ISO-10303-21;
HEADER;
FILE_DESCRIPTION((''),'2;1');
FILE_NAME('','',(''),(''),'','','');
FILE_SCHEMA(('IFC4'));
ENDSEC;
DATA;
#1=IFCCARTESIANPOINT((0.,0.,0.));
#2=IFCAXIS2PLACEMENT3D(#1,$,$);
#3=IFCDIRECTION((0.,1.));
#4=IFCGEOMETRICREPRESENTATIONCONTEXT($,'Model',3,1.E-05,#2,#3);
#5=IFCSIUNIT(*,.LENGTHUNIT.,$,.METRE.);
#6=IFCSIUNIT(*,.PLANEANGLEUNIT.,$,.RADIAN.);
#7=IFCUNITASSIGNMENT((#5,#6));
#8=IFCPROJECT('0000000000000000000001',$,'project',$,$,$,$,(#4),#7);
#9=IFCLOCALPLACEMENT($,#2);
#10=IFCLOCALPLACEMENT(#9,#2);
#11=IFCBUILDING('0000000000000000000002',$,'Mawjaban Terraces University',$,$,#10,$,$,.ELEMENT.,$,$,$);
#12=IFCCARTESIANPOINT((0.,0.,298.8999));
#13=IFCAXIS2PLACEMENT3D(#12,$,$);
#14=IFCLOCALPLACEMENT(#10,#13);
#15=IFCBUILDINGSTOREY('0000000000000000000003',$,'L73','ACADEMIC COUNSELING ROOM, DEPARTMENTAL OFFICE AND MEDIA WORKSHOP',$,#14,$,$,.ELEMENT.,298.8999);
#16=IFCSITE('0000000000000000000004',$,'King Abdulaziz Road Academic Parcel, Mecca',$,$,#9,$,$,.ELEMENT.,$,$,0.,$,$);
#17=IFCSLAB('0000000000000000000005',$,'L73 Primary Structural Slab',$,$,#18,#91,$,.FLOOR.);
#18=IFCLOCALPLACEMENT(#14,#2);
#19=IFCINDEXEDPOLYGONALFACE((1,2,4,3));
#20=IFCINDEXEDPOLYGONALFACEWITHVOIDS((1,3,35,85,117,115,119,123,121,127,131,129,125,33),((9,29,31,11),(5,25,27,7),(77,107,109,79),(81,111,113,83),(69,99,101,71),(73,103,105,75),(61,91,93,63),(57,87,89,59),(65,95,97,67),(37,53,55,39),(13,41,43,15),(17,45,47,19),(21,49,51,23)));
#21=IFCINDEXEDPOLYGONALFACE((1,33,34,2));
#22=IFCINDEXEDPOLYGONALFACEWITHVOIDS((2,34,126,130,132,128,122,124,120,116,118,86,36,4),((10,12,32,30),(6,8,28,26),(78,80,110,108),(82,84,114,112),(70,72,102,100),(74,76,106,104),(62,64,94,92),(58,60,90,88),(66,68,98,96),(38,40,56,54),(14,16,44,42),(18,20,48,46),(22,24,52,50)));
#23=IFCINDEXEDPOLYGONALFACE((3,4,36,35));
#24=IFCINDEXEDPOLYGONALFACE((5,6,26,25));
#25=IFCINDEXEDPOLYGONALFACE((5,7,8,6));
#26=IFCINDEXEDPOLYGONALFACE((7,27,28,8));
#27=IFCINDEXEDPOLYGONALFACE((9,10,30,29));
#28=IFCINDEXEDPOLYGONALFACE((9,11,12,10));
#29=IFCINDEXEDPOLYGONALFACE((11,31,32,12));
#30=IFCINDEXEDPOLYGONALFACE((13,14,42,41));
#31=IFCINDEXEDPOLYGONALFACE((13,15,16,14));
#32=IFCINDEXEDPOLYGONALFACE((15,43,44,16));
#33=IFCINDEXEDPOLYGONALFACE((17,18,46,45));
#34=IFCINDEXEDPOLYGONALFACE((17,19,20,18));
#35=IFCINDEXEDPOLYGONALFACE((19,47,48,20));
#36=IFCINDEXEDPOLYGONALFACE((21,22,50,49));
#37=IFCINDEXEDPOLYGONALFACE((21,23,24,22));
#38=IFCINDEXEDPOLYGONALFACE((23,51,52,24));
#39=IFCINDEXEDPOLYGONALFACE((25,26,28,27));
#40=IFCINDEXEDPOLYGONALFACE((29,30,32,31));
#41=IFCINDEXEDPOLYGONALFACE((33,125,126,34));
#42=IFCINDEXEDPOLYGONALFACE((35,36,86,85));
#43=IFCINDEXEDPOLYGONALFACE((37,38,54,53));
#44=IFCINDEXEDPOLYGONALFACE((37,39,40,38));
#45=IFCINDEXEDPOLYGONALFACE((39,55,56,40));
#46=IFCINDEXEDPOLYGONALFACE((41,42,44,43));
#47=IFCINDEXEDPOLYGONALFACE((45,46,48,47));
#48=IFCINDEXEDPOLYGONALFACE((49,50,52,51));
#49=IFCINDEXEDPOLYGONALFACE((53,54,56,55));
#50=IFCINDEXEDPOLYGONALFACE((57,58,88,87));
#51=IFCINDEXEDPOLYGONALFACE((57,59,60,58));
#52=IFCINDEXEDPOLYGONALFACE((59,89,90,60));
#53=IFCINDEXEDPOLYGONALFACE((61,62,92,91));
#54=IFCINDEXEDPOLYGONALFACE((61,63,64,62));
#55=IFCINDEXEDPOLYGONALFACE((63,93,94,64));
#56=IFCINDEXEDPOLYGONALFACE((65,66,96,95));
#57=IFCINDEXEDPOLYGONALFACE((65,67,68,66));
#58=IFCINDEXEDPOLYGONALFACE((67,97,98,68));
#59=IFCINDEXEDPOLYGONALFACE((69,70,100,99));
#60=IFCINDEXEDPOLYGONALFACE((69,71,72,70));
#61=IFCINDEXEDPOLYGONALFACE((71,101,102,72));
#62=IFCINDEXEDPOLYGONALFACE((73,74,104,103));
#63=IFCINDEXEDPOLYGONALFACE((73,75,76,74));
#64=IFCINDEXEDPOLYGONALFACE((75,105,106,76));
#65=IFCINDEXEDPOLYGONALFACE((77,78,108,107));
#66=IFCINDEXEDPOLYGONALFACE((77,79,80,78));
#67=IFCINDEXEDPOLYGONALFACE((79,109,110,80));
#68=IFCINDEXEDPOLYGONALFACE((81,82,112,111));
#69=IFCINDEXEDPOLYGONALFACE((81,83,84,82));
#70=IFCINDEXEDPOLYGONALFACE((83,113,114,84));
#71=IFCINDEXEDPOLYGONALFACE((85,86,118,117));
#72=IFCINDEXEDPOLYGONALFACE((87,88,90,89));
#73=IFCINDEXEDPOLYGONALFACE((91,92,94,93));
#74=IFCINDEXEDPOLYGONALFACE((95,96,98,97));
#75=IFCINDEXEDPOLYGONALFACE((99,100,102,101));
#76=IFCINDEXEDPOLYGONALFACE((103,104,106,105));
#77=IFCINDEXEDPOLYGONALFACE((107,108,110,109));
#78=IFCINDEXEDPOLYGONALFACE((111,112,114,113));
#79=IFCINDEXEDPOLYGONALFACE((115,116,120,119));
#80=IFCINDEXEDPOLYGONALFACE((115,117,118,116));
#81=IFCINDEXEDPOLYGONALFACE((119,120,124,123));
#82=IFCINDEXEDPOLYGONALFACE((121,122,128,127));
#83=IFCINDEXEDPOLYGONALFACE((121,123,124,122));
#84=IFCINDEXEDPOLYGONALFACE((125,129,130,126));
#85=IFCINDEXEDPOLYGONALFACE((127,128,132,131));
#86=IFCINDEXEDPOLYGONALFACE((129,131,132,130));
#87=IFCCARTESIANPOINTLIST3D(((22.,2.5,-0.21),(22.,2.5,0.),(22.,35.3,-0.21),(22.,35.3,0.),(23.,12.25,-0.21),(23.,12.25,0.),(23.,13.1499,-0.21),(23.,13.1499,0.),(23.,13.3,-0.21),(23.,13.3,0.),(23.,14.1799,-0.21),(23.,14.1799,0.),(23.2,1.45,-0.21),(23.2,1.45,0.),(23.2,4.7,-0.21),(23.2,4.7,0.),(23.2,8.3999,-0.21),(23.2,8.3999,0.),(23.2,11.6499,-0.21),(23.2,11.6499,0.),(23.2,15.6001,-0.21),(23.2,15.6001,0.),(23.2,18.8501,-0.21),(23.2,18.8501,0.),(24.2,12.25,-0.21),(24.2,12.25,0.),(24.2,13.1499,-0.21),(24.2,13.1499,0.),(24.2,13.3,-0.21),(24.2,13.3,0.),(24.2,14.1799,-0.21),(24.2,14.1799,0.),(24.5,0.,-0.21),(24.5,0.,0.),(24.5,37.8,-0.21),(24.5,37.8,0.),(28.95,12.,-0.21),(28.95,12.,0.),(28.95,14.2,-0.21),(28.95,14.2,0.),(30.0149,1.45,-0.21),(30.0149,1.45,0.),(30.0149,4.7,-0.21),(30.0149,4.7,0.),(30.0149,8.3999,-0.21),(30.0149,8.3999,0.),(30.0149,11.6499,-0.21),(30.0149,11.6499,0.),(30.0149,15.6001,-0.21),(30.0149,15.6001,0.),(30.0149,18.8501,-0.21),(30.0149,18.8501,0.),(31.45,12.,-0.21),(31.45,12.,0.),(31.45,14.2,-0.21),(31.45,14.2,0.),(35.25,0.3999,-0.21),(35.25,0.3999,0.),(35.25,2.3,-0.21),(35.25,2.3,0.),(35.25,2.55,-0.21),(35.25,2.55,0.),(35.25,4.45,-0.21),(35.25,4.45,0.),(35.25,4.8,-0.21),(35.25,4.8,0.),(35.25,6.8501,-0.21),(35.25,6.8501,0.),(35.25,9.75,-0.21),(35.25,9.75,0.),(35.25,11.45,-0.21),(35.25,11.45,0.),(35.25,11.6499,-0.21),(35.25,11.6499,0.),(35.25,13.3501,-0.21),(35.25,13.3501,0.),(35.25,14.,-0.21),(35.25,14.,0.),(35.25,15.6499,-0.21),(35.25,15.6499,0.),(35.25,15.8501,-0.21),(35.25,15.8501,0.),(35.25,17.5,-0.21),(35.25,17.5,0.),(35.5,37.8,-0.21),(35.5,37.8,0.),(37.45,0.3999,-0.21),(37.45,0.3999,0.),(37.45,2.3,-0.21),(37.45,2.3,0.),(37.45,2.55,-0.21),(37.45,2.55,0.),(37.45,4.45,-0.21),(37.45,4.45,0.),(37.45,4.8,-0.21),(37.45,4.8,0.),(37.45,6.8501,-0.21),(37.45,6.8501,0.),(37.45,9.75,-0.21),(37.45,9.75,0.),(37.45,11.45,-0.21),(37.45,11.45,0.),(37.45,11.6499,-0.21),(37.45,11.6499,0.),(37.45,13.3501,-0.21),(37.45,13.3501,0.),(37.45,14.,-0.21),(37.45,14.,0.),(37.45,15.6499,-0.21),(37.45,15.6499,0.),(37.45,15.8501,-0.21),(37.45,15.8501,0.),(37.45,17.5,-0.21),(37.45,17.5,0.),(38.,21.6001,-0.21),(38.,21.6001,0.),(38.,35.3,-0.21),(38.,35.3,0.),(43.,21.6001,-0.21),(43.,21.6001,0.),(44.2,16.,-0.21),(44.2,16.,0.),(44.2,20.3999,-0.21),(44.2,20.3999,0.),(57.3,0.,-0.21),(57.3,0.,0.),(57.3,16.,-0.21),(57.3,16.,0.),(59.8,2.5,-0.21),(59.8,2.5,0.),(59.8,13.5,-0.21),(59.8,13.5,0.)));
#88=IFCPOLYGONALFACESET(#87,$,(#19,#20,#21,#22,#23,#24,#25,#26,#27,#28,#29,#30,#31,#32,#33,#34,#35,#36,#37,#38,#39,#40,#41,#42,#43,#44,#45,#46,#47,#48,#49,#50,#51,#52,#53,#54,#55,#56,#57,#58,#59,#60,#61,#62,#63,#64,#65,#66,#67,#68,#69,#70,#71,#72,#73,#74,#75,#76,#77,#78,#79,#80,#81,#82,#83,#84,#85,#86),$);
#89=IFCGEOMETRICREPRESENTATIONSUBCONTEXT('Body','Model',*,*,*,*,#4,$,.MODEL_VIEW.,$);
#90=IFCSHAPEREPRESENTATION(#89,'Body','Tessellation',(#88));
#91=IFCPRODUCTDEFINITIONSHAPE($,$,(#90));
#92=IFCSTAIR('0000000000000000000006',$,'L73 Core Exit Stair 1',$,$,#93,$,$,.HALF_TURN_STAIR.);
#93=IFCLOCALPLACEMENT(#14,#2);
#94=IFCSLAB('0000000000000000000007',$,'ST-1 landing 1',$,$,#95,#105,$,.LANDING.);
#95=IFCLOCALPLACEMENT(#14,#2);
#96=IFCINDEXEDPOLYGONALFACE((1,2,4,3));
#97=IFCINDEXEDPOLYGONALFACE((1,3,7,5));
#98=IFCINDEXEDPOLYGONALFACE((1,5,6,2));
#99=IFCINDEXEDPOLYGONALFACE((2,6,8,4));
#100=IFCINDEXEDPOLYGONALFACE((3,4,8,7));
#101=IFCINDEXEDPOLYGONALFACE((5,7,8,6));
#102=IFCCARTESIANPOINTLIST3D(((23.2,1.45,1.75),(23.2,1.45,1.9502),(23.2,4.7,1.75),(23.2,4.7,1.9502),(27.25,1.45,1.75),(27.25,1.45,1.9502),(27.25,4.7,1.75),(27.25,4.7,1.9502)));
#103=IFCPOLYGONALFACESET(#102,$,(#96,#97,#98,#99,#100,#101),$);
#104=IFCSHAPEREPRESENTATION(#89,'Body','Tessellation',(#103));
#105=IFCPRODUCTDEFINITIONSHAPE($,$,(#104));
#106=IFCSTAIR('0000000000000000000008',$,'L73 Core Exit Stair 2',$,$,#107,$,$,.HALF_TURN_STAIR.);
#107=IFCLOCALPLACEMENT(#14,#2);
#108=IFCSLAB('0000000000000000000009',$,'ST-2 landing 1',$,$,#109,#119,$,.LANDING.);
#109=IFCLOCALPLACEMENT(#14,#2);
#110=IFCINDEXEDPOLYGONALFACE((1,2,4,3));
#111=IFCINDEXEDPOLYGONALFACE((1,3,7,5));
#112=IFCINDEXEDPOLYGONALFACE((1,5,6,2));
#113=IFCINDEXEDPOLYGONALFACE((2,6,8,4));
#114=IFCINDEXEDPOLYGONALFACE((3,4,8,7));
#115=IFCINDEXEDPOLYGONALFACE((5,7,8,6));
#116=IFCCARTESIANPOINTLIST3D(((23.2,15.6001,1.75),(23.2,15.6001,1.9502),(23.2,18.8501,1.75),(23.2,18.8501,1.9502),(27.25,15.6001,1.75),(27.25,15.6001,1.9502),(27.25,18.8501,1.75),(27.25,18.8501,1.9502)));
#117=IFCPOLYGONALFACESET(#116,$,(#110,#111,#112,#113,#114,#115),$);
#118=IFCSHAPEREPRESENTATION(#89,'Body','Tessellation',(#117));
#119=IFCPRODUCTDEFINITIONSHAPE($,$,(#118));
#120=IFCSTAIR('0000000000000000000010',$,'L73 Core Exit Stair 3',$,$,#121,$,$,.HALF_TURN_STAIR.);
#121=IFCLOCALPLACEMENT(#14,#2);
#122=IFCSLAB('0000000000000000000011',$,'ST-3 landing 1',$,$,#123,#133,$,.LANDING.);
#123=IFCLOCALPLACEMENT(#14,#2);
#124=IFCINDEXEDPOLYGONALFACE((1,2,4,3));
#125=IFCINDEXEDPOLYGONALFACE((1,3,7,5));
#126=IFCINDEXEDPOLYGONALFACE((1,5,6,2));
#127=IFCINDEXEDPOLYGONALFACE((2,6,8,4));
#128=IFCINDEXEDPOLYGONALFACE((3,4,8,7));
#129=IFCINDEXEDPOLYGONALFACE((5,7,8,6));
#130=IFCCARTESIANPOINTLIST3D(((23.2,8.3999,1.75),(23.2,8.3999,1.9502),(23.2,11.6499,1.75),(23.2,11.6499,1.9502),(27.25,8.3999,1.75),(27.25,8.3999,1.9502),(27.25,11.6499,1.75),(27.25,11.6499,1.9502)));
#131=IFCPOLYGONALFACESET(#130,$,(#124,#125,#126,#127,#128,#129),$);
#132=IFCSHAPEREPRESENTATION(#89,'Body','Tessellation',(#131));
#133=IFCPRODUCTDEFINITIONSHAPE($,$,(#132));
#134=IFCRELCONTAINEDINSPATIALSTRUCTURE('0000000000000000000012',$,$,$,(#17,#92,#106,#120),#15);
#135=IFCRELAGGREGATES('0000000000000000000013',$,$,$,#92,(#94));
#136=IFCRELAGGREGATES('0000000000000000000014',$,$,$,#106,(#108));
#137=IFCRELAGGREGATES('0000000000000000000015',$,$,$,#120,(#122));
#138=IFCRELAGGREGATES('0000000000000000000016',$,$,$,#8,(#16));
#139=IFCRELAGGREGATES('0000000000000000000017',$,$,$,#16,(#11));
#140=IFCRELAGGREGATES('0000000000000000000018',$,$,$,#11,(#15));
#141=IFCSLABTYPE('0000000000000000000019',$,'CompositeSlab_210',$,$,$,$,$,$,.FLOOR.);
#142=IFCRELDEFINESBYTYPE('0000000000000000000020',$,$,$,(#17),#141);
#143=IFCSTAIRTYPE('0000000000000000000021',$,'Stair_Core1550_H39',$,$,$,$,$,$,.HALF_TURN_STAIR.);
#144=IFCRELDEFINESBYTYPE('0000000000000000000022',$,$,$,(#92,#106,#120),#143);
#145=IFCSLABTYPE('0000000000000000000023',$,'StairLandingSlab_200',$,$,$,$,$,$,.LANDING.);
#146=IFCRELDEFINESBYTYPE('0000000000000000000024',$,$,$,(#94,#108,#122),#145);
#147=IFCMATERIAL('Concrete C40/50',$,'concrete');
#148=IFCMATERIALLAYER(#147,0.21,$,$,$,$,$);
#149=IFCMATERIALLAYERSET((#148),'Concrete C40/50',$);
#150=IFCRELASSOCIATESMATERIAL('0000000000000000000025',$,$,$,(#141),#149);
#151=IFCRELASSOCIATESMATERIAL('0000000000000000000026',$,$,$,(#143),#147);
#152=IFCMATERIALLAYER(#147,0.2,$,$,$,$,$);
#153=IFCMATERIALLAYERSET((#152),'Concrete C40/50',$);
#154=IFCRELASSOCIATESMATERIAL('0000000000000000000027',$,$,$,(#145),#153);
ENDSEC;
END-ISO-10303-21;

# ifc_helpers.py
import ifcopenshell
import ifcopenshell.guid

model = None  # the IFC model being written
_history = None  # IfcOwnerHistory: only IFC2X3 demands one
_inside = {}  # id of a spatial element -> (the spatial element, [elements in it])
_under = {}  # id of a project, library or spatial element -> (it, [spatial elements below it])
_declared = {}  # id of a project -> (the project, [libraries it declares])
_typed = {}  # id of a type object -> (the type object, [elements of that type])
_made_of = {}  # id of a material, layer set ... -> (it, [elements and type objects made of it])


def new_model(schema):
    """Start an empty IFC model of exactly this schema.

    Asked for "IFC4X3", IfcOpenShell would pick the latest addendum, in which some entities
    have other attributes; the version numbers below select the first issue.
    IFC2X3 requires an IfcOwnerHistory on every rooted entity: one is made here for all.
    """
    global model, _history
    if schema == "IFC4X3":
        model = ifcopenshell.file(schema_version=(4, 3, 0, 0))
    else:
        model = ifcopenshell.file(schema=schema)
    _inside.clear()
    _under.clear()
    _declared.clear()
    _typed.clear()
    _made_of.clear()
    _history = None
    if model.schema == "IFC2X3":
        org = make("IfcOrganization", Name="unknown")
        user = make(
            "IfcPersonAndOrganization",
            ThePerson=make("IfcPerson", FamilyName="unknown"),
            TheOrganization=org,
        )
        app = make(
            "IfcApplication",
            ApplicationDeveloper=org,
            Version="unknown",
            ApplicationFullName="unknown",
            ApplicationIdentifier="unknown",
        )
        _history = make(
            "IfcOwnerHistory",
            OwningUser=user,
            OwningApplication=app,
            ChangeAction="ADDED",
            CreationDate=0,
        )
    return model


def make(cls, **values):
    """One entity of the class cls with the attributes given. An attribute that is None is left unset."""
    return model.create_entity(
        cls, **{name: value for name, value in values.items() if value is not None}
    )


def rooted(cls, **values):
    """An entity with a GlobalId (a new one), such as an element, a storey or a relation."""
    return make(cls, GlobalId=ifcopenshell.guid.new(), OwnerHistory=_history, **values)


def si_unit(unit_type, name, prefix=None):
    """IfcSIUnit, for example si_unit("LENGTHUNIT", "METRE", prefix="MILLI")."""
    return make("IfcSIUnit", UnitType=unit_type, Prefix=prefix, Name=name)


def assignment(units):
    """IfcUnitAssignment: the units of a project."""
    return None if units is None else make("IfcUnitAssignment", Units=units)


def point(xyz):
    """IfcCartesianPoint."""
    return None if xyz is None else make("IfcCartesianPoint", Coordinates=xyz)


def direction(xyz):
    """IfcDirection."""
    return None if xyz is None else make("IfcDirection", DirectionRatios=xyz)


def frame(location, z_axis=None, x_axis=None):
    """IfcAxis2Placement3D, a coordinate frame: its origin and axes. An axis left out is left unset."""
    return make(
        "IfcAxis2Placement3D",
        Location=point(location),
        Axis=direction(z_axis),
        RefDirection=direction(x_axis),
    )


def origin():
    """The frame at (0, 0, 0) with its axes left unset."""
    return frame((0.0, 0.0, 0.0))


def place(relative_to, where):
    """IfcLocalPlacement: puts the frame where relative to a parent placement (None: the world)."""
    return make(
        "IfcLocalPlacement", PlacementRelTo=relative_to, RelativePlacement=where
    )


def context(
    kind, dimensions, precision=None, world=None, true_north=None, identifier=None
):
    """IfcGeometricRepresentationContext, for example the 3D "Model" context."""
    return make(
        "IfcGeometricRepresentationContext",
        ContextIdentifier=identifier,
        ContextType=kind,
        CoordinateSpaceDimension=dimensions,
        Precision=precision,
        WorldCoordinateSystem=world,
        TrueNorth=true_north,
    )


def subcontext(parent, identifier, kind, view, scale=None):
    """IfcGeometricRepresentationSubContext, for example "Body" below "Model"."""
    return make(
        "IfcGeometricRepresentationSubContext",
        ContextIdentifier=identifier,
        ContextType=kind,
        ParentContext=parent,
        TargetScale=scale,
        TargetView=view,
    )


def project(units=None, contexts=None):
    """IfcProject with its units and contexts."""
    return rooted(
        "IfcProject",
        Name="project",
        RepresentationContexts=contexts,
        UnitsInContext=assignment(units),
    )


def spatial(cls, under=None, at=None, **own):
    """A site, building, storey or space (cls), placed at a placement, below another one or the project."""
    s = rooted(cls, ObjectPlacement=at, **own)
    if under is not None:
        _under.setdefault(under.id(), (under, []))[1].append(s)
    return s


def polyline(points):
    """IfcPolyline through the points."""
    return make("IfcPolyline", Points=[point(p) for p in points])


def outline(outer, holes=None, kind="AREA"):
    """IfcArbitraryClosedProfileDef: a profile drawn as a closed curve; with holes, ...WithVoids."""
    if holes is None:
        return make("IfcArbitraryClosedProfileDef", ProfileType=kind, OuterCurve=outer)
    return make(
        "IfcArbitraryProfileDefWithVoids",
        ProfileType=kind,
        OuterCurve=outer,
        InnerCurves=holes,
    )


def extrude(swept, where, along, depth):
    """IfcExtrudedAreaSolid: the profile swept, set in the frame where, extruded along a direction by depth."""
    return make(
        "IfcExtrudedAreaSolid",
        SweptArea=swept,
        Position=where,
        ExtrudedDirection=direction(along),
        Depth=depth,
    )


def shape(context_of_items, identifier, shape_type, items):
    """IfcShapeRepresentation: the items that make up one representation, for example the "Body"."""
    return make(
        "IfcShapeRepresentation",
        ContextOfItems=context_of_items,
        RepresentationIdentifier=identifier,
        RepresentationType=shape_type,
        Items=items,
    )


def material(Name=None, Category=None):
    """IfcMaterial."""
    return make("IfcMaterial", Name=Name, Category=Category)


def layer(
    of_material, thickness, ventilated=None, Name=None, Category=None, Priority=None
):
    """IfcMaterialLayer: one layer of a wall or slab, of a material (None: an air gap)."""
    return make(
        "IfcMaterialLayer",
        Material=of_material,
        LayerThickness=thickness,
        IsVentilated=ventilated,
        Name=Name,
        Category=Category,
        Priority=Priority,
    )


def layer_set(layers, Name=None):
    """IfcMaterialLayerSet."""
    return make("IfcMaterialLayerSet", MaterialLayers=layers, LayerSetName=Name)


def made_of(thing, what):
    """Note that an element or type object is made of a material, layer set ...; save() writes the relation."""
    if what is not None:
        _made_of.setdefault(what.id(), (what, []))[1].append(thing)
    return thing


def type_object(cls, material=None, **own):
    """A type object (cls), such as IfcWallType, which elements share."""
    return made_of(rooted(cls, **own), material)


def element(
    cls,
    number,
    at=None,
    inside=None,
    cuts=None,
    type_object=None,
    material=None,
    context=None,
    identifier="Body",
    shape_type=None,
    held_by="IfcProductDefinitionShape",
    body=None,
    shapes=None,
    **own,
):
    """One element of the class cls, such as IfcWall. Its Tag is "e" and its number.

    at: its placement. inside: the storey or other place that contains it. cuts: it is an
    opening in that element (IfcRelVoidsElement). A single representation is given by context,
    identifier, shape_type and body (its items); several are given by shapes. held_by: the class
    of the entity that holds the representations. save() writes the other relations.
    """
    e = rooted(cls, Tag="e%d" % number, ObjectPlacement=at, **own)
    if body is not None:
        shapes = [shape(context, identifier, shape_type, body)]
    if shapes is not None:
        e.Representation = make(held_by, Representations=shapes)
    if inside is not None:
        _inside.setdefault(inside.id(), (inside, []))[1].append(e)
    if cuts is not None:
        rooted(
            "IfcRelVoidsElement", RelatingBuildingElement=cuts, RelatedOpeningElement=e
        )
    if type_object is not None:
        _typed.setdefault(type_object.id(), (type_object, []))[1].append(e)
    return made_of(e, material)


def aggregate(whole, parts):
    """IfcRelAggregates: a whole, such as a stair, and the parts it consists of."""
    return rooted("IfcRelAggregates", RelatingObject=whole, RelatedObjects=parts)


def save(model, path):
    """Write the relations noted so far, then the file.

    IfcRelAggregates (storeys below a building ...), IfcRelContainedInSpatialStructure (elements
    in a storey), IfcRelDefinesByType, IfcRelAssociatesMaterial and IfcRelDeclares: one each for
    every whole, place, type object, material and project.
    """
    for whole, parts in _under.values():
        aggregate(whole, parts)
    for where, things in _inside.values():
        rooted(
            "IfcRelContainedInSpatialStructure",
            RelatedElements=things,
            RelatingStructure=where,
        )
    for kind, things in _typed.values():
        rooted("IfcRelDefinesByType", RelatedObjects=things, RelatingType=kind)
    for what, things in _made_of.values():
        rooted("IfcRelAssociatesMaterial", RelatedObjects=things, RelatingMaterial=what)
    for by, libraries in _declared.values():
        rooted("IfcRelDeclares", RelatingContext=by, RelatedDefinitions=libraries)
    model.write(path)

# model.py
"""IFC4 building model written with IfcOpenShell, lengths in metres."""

from ifc_helpers import new_model, si_unit, direction, frame, origin, place, context, subcontext, project, spatial, polyline, outline, extrude, material, layer, layer_set, type_object, element, aggregate, save


model = new_model("IFC4")

# Units and contexts
model_context = context("Model", 3, precision=1e-05, world=origin(), true_north=direction((0.0, 1.0)))
body_context = subcontext(model_context, "Body", "Model", "MODEL_VIEW")
ifc_project = project(units=[si_unit("LENGTHUNIT", "METRE"), si_unit("PLANEANGLEUNIT", "RADIAN")], contexts=[model_context])

# Site, building, storey
site_placement = place(None, origin())
site = spatial("IfcSite", under=ifc_project, at=site_placement, Name="King Abdulaziz Road Academic Parcel, Mecca", CompositionType="ELEMENT", RefElevation=0.0)
building_placement = place(site_placement, origin())
building = spatial("IfcBuilding", under=site, at=building_placement, Name="Mawjaban Terraces University", CompositionType="ELEMENT")
storey_placement = place(building_placement, frame((0.0, 0.0, 298.8999)))
storey = spatial("IfcBuildingStorey", under=building, at=storey_placement, Name="L73", Description="ACADEMIC COUNSELING ROOM, DEPARTMENTAL OFFICE AND MEDIA WORKSHOP", CompositionType="ELEMENT", Elevation=298.8999)

# Slab
ifc_material_1 = material(Name="Concrete C40/50", Category="concrete")
ifc_layer_1 = layer(ifc_material_1, 0.21)
ifc_layer_set_1 = layer_set([ifc_layer_1], Name="Concrete C40/50")
slab_type_1 = type_object("IfcSlabType", Name="CompositeSlab_210", PredefinedType="FLOOR", material=ifc_layer_set_1)
slab_1_placement = place(storey_placement, frame((0.0, 0.0, -0.21)))
element("IfcSlab", 1, at=slab_1_placement, inside=storey, type_object=slab_type_1, Name="L73 Primary Structural Slab", PredefinedType="FLOOR", context=body_context, shape_type="SweptSolid", body=[
    extrude(outline(polyline([(24.5, 0.0), (57.3, 0.0), (59.8, 2.5), (59.8, 13.5), (57.3, 16.0), (44.2, 16.0), (44.2, 20.3999), (43.0, 21.6001), (38.0, 21.6001), (38.0, 35.3), (35.5, 37.8), (24.5, 37.8), (22.0, 35.3), (22.0, 2.5), (24.5, 0.0)]), holes=[polyline([(30.0149, 4.7), (23.2, 4.7), (23.2, 1.45), (30.0149, 1.45), (30.0149, 4.7)]), polyline([(30.0149, 18.8501), (23.2, 18.8501), (23.2, 15.6001), (30.0149, 15.6001), (30.0149, 18.8501)]), polyline([(30.0149, 11.6499), (23.2, 11.6499), (23.2, 8.3999), (30.0149, 8.3999), (30.0149, 11.6499)]), polyline([(35.25, 0.3999), (37.45, 0.3999), (37.45, 2.3), (35.25, 2.3), (35.25, 0.3999)]), polyline([(35.25, 2.55), (37.45, 2.55), (37.45, 4.45), (35.25, 4.45), (35.25, 2.55)]), polyline([(35.25, 4.8), (37.45, 4.8), (37.45, 6.8501), (35.25, 6.8501), (35.25, 4.8)]), polyline([(35.25, 9.75), (37.45, 9.75), (37.45, 11.45), (35.25, 11.45), (35.25, 9.75)]), polyline([(35.25, 11.6499), (37.45, 11.6499), (37.45, 13.3501), (35.25, 13.3501), (35.25, 11.6499)]), polyline([(28.95, 12.0), (31.45, 12.0), (31.45, 14.2), (28.95, 14.2), (28.95, 12.0)]), polyline([(35.25, 14.0), (37.45, 14.0), (37.45, 15.6499), (35.25, 15.6499), (35.25, 14.0)]), polyline([(35.25, 15.8501), (37.45, 15.8501), (37.45, 17.5), (35.25, 17.5), (35.25, 15.8501)]), polyline([(23.0, 12.25), (24.2, 12.25), (24.2, 13.1499), (23.0, 13.1499), (23.0, 12.25)]), polyline([(23.0, 13.3), (24.2, 13.3), (24.2, 14.1799), (23.0, 14.1799), (23.0, 13.3)])]), origin(), (0.0, 0.0, 1.0), 0.21),
])

# Stairs, slabs
stair_type = type_object("IfcStairType", Name="Stair_Core1550_H39", PredefinedType="HALF_TURN_STAIR", material=ifc_material_1)
stair_1_placement = place(storey_placement, origin())
stair_1 = element("IfcStair", 2, at=stair_1_placement, inside=storey, type_object=stair_type, Name="L73 Core Exit Stair 1", PredefinedType="HALF_TURN_STAIR")
ifc_layer_2 = layer(ifc_material_1, 0.2)
ifc_layer_set_2 = layer_set([ifc_layer_2], Name="Concrete C40/50")
slab_type_2 = type_object("IfcSlabType", Name="StairLandingSlab_200", PredefinedType="LANDING", material=ifc_layer_set_2)
slab_2_placement = place(storey_placement, frame((0.0, 0.0, 1.75)))
slab_2 = element("IfcSlab", 3, at=slab_2_placement, type_object=slab_type_2, Name="ST-1 landing 1", PredefinedType="LANDING", context=body_context, shape_type="SweptSolid", body=[
    extrude(outline(polyline([(27.25, 4.7), (23.2, 4.7), (23.2, 1.45), (27.25, 1.45), (27.25, 4.7)])), origin(), (0.0, 0.0, 1.0), 0.2002),
])
aggregate(stair_1, [slab_2])
stair_2_placement = place(storey_placement, origin())
stair_2 = element("IfcStair", 4, at=stair_2_placement, inside=storey, type_object=stair_type, Name="L73 Core Exit Stair 2", PredefinedType="HALF_TURN_STAIR")
slab_3_placement = place(storey_placement, frame((0.0, 0.0, 1.75)))
slab_3 = element("IfcSlab", 5, at=slab_3_placement, type_object=slab_type_2, Name="ST-2 landing 1", PredefinedType="LANDING", context=body_context, shape_type="SweptSolid", body=[
    extrude(outline(polyline([(27.25, 18.8501), (23.2, 18.8501), (23.2, 15.6001), (27.25, 15.6001), (27.25, 18.8501)])), origin(), (0.0, 0.0, 1.0), 0.2002),
])
aggregate(stair_2, [slab_3])
stair_3_placement = place(storey_placement, origin())
stair_3 = element("IfcStair", 6, at=stair_3_placement, inside=storey, type_object=stair_type, Name="L73 Core Exit Stair 3", PredefinedType="HALF_TURN_STAIR")
slab_4_placement = place(storey_placement, frame((0.0, 0.0, 1.75)))
slab_4 = element("IfcSlab", 7, at=slab_4_placement, type_object=slab_type_2, Name="ST-3 landing 1", PredefinedType="LANDING", context=body_context, shape_type="SweptSolid", body=[
    extrude(outline(polyline([(27.25, 11.6499), (23.2, 11.6499), (23.2, 8.3999), (27.25, 8.3999), (27.25, 11.6499)])), origin(), (0.0, 0.0, 1.0), 0.2002),
])
aggregate(stair_3, [slab_4])

save(model, "model.ifc")
